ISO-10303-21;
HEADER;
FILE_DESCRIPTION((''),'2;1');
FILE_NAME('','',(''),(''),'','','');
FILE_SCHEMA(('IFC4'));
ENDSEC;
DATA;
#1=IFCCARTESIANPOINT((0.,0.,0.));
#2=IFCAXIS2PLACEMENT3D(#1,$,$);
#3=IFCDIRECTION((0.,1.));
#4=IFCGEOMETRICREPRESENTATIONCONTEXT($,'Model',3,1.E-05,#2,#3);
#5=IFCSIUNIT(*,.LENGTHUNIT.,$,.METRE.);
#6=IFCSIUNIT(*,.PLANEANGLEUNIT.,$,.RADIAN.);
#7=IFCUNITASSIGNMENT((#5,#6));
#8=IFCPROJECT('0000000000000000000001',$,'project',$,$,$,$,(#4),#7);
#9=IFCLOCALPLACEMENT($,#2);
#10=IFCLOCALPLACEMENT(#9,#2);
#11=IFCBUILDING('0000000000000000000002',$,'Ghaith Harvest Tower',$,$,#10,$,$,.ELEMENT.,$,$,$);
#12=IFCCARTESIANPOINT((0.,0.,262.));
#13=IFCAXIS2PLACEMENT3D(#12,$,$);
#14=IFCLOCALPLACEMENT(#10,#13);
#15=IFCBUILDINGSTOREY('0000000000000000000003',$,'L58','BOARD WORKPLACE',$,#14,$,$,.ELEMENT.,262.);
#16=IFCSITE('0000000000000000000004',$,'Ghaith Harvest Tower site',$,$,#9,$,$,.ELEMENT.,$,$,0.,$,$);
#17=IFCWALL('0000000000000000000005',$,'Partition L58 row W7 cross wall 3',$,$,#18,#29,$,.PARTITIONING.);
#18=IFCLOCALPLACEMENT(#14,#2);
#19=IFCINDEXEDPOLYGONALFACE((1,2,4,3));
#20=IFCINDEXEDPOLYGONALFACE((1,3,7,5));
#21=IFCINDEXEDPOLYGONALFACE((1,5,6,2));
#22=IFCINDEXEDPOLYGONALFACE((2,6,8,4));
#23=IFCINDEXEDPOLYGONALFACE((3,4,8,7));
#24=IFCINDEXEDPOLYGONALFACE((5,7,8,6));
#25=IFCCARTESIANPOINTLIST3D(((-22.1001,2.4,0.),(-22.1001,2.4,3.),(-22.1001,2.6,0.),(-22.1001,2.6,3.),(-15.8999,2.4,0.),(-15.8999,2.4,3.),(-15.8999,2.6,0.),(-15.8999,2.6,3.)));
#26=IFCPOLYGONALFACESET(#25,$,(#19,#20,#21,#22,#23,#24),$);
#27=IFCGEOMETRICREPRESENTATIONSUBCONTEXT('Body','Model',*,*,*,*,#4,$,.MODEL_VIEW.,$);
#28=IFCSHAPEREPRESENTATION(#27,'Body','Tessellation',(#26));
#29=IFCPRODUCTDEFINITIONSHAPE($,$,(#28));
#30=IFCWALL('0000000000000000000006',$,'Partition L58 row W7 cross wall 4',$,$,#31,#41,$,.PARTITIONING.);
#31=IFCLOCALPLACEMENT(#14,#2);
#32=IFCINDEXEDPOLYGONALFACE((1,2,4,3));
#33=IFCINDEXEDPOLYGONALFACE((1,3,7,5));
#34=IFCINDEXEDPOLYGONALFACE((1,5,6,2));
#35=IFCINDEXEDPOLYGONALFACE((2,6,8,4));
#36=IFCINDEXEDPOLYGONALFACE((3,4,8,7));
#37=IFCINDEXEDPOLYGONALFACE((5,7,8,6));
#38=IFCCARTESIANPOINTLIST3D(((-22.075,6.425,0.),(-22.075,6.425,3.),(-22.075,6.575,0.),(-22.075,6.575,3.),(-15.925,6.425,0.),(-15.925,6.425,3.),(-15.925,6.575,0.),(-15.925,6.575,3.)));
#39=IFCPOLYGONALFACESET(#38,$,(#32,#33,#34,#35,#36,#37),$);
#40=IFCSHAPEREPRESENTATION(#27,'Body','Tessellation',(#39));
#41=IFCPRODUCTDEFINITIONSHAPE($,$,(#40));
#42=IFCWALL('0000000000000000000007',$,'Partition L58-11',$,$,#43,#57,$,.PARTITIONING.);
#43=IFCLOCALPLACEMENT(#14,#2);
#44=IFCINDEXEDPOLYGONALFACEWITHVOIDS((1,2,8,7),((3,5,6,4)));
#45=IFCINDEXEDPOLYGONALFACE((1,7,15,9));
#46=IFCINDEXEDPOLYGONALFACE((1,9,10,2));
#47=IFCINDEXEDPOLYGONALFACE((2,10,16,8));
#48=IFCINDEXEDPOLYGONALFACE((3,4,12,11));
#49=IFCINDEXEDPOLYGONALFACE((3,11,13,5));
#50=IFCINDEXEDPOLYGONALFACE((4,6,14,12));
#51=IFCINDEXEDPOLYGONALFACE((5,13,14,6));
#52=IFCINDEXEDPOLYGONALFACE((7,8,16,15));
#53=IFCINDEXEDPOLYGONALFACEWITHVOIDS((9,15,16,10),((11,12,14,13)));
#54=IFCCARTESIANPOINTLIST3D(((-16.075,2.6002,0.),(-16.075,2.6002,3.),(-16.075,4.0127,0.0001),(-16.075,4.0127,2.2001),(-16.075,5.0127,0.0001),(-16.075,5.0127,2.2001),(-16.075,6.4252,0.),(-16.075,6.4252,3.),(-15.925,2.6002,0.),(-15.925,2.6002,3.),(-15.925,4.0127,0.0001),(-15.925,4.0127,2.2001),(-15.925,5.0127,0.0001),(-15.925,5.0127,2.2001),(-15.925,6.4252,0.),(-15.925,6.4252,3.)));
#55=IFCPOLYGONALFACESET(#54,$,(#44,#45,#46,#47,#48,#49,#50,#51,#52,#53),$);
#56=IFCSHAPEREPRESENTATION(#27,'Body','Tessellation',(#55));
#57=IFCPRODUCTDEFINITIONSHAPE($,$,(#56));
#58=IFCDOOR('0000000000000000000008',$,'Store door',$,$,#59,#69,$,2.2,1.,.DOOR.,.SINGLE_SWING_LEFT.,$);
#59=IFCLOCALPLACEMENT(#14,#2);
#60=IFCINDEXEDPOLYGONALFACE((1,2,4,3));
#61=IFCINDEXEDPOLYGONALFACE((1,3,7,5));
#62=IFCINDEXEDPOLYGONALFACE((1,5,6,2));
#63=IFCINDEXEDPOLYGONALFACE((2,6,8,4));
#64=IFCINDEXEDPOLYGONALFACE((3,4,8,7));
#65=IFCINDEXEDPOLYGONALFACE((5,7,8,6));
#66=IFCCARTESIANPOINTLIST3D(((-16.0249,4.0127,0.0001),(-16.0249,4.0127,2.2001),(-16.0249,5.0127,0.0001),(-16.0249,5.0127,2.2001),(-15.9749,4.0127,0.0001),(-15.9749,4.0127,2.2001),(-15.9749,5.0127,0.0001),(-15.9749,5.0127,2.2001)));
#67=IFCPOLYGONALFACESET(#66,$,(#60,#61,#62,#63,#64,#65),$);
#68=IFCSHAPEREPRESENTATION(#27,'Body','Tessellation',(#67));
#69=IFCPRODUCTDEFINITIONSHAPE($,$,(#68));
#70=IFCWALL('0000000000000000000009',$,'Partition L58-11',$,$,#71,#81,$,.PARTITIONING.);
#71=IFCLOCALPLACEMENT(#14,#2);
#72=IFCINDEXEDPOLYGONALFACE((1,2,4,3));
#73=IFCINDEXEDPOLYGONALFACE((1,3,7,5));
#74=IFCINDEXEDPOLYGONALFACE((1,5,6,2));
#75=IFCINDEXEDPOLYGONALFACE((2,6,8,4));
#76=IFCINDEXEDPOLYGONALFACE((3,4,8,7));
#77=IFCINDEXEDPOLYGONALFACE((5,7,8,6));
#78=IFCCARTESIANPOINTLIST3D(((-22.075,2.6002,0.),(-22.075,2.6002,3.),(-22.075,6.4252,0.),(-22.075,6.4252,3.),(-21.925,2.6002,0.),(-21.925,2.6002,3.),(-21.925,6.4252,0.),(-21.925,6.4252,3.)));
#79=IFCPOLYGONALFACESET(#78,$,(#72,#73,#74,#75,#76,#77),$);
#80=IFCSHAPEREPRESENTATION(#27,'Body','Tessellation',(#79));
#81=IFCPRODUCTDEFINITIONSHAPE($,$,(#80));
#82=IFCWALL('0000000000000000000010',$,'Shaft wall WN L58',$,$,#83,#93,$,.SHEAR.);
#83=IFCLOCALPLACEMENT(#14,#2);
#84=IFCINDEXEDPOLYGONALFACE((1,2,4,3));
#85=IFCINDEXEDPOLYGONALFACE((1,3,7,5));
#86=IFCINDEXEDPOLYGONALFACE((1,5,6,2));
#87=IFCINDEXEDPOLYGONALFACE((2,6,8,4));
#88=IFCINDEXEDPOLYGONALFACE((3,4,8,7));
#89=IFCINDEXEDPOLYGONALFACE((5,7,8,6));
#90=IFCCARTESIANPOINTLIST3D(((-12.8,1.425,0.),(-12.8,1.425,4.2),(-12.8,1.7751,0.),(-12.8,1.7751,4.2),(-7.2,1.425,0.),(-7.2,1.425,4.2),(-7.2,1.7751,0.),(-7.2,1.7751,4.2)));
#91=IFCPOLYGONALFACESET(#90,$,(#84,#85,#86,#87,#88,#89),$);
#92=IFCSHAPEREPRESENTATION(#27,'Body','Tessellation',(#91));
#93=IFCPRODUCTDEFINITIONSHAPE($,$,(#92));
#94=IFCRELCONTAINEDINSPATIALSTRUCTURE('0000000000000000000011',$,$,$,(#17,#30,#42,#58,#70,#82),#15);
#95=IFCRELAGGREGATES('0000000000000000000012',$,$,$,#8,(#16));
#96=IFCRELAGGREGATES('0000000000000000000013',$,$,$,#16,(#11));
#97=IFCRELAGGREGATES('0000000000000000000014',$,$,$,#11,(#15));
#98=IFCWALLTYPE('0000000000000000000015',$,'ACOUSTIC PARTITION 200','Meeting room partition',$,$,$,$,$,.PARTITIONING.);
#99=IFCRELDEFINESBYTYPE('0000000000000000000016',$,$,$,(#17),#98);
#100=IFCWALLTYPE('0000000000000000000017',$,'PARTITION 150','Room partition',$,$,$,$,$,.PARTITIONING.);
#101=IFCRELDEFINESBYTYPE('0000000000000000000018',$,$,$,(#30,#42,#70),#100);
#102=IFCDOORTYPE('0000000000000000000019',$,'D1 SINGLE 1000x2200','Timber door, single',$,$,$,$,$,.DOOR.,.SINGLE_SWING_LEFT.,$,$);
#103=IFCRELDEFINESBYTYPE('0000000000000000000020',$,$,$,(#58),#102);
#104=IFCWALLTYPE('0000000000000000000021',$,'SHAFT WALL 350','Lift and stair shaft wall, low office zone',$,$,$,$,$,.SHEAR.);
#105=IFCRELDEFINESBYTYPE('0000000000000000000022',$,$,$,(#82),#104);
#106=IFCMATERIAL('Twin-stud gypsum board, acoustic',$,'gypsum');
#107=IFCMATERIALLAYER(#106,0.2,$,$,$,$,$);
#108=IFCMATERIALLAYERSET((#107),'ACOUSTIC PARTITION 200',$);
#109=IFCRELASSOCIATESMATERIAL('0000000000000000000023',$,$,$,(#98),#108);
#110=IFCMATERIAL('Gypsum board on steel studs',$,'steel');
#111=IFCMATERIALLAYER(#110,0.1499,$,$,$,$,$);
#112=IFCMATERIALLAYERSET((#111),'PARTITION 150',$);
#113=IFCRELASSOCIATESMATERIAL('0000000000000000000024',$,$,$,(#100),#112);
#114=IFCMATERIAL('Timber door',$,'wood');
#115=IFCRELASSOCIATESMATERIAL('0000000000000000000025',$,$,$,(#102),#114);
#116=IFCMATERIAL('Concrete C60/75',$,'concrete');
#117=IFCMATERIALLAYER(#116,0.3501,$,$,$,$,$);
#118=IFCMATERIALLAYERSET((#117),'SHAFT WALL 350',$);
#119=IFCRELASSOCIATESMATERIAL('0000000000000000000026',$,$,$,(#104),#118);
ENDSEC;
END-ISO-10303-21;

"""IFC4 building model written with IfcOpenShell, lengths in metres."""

from ifc_helpers import new_model, si_unit, direction, frame, frame_2d, origin, place, context, subcontext, project, spatial, rectangle, extrude, material, layer, layer_set, type_object, element, fill, save


model = new_model("IFC4")

# Units and contexts
model_context = context("Model", 3, precision=1e-05, world=origin(), true_north=direction((0.0, 1.0)))
body_context = subcontext(model_context, "Body", "Model", "MODEL_VIEW")
ifc_project = project(units=[si_unit("LENGTHUNIT", "METRE"), si_unit("PLANEANGLEUNIT", "RADIAN")], contexts=[model_context])

# Site, building, storey
site_placement = place(None, origin())
site = spatial("IfcSite", under=ifc_project, at=site_placement, Name="Ghaith Harvest Tower site", CompositionType="ELEMENT", RefElevation=0.0)
building_placement = place(site_placement, origin())
building = spatial("IfcBuilding", under=site, at=building_placement, Name="Ghaith Harvest Tower", CompositionType="ELEMENT")
storey_placement = place(building_placement, frame((0.0, 0.0, 262.0)))
storey = spatial("IfcBuildingStorey", under=building, at=storey_placement, Name="L58", Description="BOARD WORKPLACE", CompositionType="ELEMENT", Elevation=262.0)

# Walls
ifc_material_1 = material(Name="Twin-stud gypsum board, acoustic", Category="gypsum")
ifc_layer_1 = layer(ifc_material_1, 0.2)
ifc_layer_set_1 = layer_set([ifc_layer_1], Name="ACOUSTIC PARTITION 200")
wall_type_1 = type_object("IfcWallType", Name="ACOUSTIC PARTITION 200", Description="Meeting room partition", PredefinedType="PARTITIONING", material=ifc_layer_set_1)
wall_1_placement = place(storey_placement, frame((-15.8999, 2.5, 0.0), z_axis=(0.0, 0.0, 1.0), x_axis=(-1.0, 0.0, 0.0)))
element("IfcWall", 1, at=wall_1_placement, inside=storey, type_object=wall_type_1, Name="Partition L58 row W7 cross wall 3", PredefinedType="PARTITIONING", context=body_context, shape_type="SweptSolid", body=[
    extrude(rectangle(XDim=6.2002, YDim=0.2, at=frame_2d((3.1001, 0.0))), origin(), (0.0, 0.0, 1.0), 3.0),
])
ifc_material_2 = material(Name="Gypsum board on steel studs", Category="steel")
ifc_layer_2 = layer(ifc_material_2, 0.1499)
ifc_layer_set_2 = layer_set([ifc_layer_2], Name="PARTITION 150")
wall_type_2 = type_object("IfcWallType", Name="PARTITION 150", Description="Room partition", PredefinedType="PARTITIONING", material=ifc_layer_set_2)
wall_2_placement = place(storey_placement, frame((-15.925, 6.5, 0.0), z_axis=(0.0, 0.0, 1.0), x_axis=(-1.0, 0.0, 0.0)))
element("IfcWall", 2, at=wall_2_placement, inside=storey, type_object=wall_type_2, Name="Partition L58 row W7 cross wall 4", PredefinedType="PARTITIONING", context=body_context, shape_type="SweptSolid", body=[
    extrude(rectangle(XDim=6.1499, YDim=0.1499, at=frame_2d((3.075, 0.0))), origin(), (0.0, 0.0, 1.0), 3.0),
])

# Wall, opening, door
wall_3_placement = place(storey_placement, frame((-16.0, 2.6001, 0.0), z_axis=(0.0, 0.0, 1.0), x_axis=(0.0, 1.0, 0.0)))
wall_3 = element("IfcWall", 3, at=wall_3_placement, inside=storey, type_object=wall_type_2, Name="Partition L58-11", PredefinedType="PARTITIONING", context=body_context, shape_type="SweptSolid", body=[
    extrude(rectangle(XDim=3.825, YDim=0.1499, at=frame_2d((1.9126, 0.0))), origin(), (0.0, 0.0, 1.0), 3.0),
])
opening_placement = place(wall_3_placement, frame((1.4126, 0.0, 0.0)))
opening = element("IfcOpeningElement", 4, at=opening_placement, cuts=wall_3, PredefinedType="OPENING", context=body_context, shape_type="SweptSolid", body=[
    extrude(rectangle(XDim=1.0, YDim=2.2, at=frame_2d((0.5, 1.1001))), frame((0.0, 0.085, 0.0), z_axis=(0.0, -1.0, 0.0), x_axis=(1.0, 0.0, 0.0)), (0.0, 0.0, 1.0), 0.1699),
])
ifc_material_3 = material(Name="Timber door", Category="wood")
door_type = type_object("IfcDoorType", Name="D1 SINGLE 1000x2200", Description="Timber door, single", OperationType="SINGLE_SWING_LEFT", PredefinedType="DOOR", material=ifc_material_3)
door_placement = place(opening_placement, origin())
door = element("IfcDoor", 5, at=door_placement, inside=storey, type_object=door_type, Name="Store door", OperationType="SINGLE_SWING_LEFT", OverallHeight=2.2, OverallWidth=1.0, PredefinedType="DOOR", context=body_context, shape_type="SweptSolid", body=[
    extrude(rectangle(XDim=1.0, YDim=2.2, at=frame_2d((0.5, 1.1001))), frame((0.0, 0.0249, 0.0), z_axis=(0.0, -1.0, 0.0), x_axis=(1.0, 0.0, 0.0)), (0.0, 0.0, 1.0), 0.05),
])
fill(opening, door)

# Walls
wall_4_placement = place(storey_placement, frame((-22.0, 2.6001, 0.0), z_axis=(0.0, 0.0, 1.0), x_axis=(0.0, 1.0, 0.0)))
element("IfcWall", 6, at=wall_4_placement, inside=storey, type_object=wall_type_2, Name="Partition L58-11", PredefinedType="PARTITIONING", context=body_context, shape_type="SweptSolid", body=[
    extrude(rectangle(XDim=3.825, YDim=0.1499, at=frame_2d((1.9126, 0.0))), origin(), (0.0, 0.0, 1.0), 3.0),
])
ifc_material_4 = material(Name="Concrete C60/75", Category="concrete")
ifc_layer_3 = layer(ifc_material_4, 0.3501)
ifc_layer_set_3 = layer_set([ifc_layer_3], Name="SHAFT WALL 350")
wall_type_3 = type_object("IfcWallType", Name="SHAFT WALL 350", Description="Lift and stair shaft wall, low office zone", PredefinedType="SHEAR", material=ifc_layer_set_3)
wall_5_placement = place(storey_placement, frame((-12.8, 1.6001, 0.0), z_axis=(0.0, 0.0, 1.0), x_axis=(1.0, 0.0, 0.0)))
element("IfcWall", 7, at=wall_5_placement, inside=storey, type_object=wall_type_3, Name="Shaft wall WN L58", PredefinedType="SHEAR", context=body_context, shape_type="SweptSolid", body=[
    extrude(rectangle(XDim=5.6001, YDim=0.3501, at=frame_2d((2.8, 0.0))), origin(), (0.0, 0.0, 1.0), 4.2),
])

save(model, "model.ifc")
